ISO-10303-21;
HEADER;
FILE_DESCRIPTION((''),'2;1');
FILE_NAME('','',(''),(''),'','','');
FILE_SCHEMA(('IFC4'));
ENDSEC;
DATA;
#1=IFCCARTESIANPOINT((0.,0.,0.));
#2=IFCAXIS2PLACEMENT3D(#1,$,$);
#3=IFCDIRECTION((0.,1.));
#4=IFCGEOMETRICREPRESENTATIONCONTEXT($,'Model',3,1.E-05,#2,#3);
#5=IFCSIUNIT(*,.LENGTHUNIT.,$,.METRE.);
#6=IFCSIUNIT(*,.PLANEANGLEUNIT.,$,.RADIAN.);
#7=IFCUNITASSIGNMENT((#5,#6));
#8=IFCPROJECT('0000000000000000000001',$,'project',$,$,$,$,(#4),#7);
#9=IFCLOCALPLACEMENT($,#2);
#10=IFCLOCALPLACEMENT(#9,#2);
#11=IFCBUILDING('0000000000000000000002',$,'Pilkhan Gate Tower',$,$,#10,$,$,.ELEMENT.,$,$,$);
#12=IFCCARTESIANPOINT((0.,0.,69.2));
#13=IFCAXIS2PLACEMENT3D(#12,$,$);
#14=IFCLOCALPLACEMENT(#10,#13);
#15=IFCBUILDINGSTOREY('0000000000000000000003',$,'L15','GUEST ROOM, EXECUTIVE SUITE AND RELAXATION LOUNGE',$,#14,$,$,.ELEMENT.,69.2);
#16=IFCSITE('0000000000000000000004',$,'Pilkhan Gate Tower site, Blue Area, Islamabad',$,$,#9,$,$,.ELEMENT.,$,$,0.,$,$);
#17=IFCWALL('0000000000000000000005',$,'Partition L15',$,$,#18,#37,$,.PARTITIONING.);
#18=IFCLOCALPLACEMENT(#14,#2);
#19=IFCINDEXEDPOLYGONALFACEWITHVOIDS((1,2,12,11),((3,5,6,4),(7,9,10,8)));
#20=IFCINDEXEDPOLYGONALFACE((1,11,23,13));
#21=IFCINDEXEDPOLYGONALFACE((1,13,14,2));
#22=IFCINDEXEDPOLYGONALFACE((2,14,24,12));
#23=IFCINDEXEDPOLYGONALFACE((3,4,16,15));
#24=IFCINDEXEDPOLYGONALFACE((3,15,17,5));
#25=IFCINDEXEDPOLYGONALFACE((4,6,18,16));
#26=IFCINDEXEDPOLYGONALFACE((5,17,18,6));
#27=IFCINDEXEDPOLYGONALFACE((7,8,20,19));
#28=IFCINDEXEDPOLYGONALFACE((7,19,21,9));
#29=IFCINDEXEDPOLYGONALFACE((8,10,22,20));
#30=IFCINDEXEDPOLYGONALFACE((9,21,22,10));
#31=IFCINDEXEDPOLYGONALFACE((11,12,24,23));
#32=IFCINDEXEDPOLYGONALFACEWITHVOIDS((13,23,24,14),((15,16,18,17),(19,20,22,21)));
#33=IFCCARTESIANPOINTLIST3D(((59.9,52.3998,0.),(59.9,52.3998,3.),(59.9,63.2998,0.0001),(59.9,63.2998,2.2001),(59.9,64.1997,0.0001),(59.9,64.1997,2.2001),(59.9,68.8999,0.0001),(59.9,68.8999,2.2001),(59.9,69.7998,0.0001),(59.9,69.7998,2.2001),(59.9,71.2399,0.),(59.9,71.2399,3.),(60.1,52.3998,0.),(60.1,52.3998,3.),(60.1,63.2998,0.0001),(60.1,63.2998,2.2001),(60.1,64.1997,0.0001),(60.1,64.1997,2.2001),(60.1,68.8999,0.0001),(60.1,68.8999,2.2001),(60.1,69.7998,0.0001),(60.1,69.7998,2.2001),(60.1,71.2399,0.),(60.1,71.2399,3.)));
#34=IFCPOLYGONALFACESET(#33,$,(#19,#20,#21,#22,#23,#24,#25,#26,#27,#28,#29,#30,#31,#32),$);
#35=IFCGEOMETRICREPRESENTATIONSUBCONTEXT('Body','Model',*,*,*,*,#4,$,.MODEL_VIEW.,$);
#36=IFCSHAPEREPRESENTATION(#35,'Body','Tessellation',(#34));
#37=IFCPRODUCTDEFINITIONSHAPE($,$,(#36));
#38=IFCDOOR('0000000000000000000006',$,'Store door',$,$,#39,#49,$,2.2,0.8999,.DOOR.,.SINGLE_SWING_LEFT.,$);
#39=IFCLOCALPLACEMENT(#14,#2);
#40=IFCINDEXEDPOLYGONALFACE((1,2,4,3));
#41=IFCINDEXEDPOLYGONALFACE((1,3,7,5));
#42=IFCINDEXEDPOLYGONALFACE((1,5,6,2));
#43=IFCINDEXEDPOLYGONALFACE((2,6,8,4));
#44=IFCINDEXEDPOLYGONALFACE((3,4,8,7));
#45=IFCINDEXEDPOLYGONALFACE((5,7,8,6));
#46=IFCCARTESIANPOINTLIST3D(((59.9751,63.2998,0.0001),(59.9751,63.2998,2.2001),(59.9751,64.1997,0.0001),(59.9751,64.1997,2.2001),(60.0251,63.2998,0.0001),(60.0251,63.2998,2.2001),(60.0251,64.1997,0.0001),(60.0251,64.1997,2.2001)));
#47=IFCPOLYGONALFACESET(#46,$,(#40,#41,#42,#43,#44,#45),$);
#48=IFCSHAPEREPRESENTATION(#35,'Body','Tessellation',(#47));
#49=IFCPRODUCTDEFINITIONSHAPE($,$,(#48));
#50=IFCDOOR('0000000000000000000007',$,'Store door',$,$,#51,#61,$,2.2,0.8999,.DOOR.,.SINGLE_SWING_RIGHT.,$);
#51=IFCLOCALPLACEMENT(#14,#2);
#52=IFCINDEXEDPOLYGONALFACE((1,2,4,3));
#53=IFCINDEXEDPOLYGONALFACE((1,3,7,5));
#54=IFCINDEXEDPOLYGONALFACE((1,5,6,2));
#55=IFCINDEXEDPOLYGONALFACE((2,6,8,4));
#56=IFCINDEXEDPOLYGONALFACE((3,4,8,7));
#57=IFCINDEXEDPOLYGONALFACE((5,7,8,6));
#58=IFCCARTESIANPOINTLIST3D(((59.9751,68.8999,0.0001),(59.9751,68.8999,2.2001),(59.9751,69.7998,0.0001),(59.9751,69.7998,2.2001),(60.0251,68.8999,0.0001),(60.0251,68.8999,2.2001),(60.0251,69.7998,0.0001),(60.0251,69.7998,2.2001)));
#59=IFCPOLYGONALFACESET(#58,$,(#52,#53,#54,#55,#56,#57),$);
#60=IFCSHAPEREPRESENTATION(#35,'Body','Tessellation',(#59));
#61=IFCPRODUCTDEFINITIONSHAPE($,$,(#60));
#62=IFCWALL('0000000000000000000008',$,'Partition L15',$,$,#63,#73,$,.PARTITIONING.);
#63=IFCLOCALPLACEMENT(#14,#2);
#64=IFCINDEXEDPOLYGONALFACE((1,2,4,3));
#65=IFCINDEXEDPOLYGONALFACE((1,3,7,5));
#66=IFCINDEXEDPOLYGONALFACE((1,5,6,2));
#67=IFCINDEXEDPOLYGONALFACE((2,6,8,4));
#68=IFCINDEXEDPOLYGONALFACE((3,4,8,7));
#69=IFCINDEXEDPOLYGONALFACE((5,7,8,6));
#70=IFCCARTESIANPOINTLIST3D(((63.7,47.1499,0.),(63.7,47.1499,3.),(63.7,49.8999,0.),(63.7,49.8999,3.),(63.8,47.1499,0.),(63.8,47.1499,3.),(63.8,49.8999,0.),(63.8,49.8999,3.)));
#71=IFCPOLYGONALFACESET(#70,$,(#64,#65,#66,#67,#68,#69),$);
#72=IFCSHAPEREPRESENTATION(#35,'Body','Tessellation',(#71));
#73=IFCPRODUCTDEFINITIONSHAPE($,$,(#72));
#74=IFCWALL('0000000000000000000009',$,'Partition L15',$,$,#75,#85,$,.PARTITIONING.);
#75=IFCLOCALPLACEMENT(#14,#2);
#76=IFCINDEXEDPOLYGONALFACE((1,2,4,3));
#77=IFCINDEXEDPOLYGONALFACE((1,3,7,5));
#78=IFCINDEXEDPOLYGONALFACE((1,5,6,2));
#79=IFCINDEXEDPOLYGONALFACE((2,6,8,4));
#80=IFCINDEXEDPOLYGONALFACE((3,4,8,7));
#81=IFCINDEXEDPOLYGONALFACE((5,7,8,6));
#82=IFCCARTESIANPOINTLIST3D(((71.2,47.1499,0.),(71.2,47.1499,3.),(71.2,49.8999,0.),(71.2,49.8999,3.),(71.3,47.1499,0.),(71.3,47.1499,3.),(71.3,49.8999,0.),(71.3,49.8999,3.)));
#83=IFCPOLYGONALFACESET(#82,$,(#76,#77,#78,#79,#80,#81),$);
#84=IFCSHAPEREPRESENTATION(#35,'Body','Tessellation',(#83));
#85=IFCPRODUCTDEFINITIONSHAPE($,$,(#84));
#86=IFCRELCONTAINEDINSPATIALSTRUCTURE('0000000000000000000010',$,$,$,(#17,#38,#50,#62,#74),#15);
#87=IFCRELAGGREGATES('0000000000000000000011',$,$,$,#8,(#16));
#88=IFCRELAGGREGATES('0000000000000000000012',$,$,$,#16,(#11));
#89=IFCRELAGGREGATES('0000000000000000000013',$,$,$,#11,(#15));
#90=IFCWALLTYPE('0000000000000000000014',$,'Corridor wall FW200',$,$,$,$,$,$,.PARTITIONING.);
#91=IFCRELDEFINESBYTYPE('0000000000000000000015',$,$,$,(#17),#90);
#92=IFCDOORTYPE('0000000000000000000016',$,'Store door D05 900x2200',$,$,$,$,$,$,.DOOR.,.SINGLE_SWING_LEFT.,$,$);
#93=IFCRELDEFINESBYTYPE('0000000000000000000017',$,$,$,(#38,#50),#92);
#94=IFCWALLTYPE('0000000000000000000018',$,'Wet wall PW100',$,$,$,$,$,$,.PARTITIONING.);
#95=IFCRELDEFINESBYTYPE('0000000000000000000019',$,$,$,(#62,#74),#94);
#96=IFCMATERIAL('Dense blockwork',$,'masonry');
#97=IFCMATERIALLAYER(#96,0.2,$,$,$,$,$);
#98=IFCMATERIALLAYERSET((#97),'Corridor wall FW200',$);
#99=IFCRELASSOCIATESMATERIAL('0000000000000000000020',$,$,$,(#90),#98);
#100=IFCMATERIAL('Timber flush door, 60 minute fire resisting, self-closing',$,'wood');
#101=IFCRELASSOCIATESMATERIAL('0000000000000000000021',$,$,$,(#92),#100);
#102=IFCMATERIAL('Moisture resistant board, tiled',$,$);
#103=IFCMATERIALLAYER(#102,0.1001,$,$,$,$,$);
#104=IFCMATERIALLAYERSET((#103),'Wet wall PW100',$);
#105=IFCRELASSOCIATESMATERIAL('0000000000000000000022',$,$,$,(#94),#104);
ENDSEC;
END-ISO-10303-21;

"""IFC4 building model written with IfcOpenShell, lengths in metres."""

from ifc_helpers import new_model, si_unit, direction, frame, frame_2d, origin, place, context, subcontext, project, spatial, rectangle, extrude, material, layer, layer_set, type_object, element, fill, save


model = new_model("IFC4")

# Units and contexts
model_context = context("Model", 3, precision=1e-05, world=origin(), true_north=direction((0.0, 1.0)))
body_context = subcontext(model_context, "Body", "Model", "MODEL_VIEW")
ifc_project = project(units=[si_unit("LENGTHUNIT", "METRE"), si_unit("PLANEANGLEUNIT", "RADIAN")], contexts=[model_context])

# Site, building, storey
site_placement = place(None, origin())
site = spatial("IfcSite", under=ifc_project, at=site_placement, Name="Pilkhan Gate Tower site, Blue Area, Islamabad", CompositionType="ELEMENT", RefElevation=0.0)
building_placement = place(site_placement, origin())
building = spatial("IfcBuilding", under=site, at=building_placement, Name="Pilkhan Gate Tower", CompositionType="ELEMENT")
storey_placement = place(building_placement, frame((0.0, 0.0, 69.2)))
storey = spatial("IfcBuildingStorey", under=building, at=storey_placement, Name="L15", Description="GUEST ROOM, EXECUTIVE SUITE AND RELAXATION LOUNGE", CompositionType="ELEMENT", Elevation=69.2)

# Wall, openings, doors
ifc_material_1 = material(Name="Dense blockwork", Category="masonry")
ifc_layer_1 = layer(ifc_material_1, 0.2)
ifc_layer_set_1 = layer_set([ifc_layer_1], Name="Corridor wall FW200")
wall_type_1 = type_object("IfcWallType", Name="Corridor wall FW200", PredefinedType="PARTITIONING", material=ifc_layer_set_1)
ifc_material_2 = material(Name="Timber flush door, 60 minute fire resisting, self-closing", Category="wood")
door_type_1 = type_object("IfcDoorType", Name="Store door D05 900x2200", OperationType="SINGLE_SWING_LEFT", PredefinedType="DOOR", material=ifc_material_2)
wall_1_placement = place(storey_placement, frame((60.0, 52.3999, 0.0), z_axis=(0.0, 0.0, 1.0), x_axis=(0.0, 1.0, 0.0)))
wall_1 = element("IfcWall", 1, at=wall_1_placement, inside=storey, type_object=wall_type_1, Name="Partition L15", PredefinedType="PARTITIONING", context=body_context, shape_type="SweptSolid", body=[
    extrude(rectangle(XDim=18.8401, YDim=0.2, at=frame_2d((9.4199, 0.0))), origin(), (0.0, 0.0, 1.0), 3.0),
])
opening_1_placement = place(wall_1_placement, frame((10.8999, 0.0, 0.0)))
opening_1 = element("IfcOpeningElement", 2, at=opening_1_placement, cuts=wall_1, PredefinedType="OPENING", context=body_context, shape_type="SweptSolid", body=[
    extrude(rectangle(XDim=0.8999, YDim=2.2, at=frame_2d((0.45, 1.1001))), frame((0.0, 0.1099, 0.0), z_axis=(0.0, -1.0, 0.0), x_axis=(1.0, 0.0, 0.0)), (0.0, 0.0, 1.0), 0.22),
])
opening_2_placement = place(wall_1_placement, frame((16.5, 0.0, 0.0)))
opening_2 = element("IfcOpeningElement", 3, at=opening_2_placement, cuts=wall_1, PredefinedType="OPENING", context=body_context, shape_type="SweptSolid", body=[
    extrude(rectangle(XDim=0.8999, YDim=2.2, at=frame_2d((0.45, 1.1001))), frame((0.0, 0.1099, 0.0), z_axis=(0.0, -1.0, 0.0), x_axis=(1.0, 0.0, 0.0)), (0.0, 0.0, 1.0), 0.22),
])
door_1_placement = place(opening_1_placement, origin())
door_1 = element("IfcDoor", 4, at=door_1_placement, inside=storey, type_object=door_type_1, Name="Store door", OperationType="SINGLE_SWING_LEFT", OverallHeight=2.2, OverallWidth=0.8999, PredefinedType="DOOR", context=body_context, shape_type="SweptSolid", body=[
    extrude(rectangle(XDim=0.8999, YDim=2.2, at=frame_2d((0.45, 1.1001))), frame((0.0, 0.0249, 0.0), z_axis=(0.0, -1.0, 0.0), x_axis=(1.0, 0.0, 0.0)), (0.0, 0.0, 1.0), 0.05),
])
fill(opening_1, door_1)
door_2_placement = place(opening_2_placement, origin())
door_2 = element("IfcDoor", 5, at=door_2_placement, inside=storey, type_object=door_type_1, Name="Store door", OperationType="SINGLE_SWING_RIGHT", OverallHeight=2.2, OverallWidth=0.8999, PredefinedType="DOOR", context=body_context, shape_type="SweptSolid", body=[
    extrude(rectangle(XDim=0.8999, YDim=2.2, at=frame_2d((0.45, 1.1001))), frame((0.0, 0.0249, 0.0), z_axis=(0.0, -1.0, 0.0), x_axis=(1.0, 0.0, 0.0)), (0.0, 0.0, 1.0), 0.05),
])
fill(opening_2, door_2)

# Walls
ifc_material_3 = material(Name="Moisture resistant board, tiled")
ifc_layer_2 = layer(ifc_material_3, 0.1001)
ifc_layer_set_2 = layer_set([ifc_layer_2], Name="Wet wall PW100")
wall_type_2 = type_object("IfcWallType", Name="Wet wall PW100", PredefinedType="PARTITIONING", material=ifc_layer_set_2)
for number, where, z_axis, x_axis, name in (
    (6, (63.75, 47.1499, 0.0), (0.0, 0.0, 1.0), (0.0, 1.0, 0.0), "Partition L15"),
    (7, (71.25, 47.1499, 0.0), (0.0, 0.0, 1.0), (0.0, 1.0, 0.0), "Partition L15"),
):
    element("IfcWall", number, at=place(storey_placement, frame(where, z_axis=z_axis, x_axis=x_axis)), inside=storey, type_object=wall_type_2, Name=name, PredefinedType="PARTITIONING", context=body_context, shape_type="SweptSolid", body=[
        extrude(rectangle(XDim=2.75, YDim=0.1001, at=frame_2d((1.375, 0.0))), origin(), (0.0, 0.0, 1.0), 3.0),
    ])

save(model, "model.ifc")
